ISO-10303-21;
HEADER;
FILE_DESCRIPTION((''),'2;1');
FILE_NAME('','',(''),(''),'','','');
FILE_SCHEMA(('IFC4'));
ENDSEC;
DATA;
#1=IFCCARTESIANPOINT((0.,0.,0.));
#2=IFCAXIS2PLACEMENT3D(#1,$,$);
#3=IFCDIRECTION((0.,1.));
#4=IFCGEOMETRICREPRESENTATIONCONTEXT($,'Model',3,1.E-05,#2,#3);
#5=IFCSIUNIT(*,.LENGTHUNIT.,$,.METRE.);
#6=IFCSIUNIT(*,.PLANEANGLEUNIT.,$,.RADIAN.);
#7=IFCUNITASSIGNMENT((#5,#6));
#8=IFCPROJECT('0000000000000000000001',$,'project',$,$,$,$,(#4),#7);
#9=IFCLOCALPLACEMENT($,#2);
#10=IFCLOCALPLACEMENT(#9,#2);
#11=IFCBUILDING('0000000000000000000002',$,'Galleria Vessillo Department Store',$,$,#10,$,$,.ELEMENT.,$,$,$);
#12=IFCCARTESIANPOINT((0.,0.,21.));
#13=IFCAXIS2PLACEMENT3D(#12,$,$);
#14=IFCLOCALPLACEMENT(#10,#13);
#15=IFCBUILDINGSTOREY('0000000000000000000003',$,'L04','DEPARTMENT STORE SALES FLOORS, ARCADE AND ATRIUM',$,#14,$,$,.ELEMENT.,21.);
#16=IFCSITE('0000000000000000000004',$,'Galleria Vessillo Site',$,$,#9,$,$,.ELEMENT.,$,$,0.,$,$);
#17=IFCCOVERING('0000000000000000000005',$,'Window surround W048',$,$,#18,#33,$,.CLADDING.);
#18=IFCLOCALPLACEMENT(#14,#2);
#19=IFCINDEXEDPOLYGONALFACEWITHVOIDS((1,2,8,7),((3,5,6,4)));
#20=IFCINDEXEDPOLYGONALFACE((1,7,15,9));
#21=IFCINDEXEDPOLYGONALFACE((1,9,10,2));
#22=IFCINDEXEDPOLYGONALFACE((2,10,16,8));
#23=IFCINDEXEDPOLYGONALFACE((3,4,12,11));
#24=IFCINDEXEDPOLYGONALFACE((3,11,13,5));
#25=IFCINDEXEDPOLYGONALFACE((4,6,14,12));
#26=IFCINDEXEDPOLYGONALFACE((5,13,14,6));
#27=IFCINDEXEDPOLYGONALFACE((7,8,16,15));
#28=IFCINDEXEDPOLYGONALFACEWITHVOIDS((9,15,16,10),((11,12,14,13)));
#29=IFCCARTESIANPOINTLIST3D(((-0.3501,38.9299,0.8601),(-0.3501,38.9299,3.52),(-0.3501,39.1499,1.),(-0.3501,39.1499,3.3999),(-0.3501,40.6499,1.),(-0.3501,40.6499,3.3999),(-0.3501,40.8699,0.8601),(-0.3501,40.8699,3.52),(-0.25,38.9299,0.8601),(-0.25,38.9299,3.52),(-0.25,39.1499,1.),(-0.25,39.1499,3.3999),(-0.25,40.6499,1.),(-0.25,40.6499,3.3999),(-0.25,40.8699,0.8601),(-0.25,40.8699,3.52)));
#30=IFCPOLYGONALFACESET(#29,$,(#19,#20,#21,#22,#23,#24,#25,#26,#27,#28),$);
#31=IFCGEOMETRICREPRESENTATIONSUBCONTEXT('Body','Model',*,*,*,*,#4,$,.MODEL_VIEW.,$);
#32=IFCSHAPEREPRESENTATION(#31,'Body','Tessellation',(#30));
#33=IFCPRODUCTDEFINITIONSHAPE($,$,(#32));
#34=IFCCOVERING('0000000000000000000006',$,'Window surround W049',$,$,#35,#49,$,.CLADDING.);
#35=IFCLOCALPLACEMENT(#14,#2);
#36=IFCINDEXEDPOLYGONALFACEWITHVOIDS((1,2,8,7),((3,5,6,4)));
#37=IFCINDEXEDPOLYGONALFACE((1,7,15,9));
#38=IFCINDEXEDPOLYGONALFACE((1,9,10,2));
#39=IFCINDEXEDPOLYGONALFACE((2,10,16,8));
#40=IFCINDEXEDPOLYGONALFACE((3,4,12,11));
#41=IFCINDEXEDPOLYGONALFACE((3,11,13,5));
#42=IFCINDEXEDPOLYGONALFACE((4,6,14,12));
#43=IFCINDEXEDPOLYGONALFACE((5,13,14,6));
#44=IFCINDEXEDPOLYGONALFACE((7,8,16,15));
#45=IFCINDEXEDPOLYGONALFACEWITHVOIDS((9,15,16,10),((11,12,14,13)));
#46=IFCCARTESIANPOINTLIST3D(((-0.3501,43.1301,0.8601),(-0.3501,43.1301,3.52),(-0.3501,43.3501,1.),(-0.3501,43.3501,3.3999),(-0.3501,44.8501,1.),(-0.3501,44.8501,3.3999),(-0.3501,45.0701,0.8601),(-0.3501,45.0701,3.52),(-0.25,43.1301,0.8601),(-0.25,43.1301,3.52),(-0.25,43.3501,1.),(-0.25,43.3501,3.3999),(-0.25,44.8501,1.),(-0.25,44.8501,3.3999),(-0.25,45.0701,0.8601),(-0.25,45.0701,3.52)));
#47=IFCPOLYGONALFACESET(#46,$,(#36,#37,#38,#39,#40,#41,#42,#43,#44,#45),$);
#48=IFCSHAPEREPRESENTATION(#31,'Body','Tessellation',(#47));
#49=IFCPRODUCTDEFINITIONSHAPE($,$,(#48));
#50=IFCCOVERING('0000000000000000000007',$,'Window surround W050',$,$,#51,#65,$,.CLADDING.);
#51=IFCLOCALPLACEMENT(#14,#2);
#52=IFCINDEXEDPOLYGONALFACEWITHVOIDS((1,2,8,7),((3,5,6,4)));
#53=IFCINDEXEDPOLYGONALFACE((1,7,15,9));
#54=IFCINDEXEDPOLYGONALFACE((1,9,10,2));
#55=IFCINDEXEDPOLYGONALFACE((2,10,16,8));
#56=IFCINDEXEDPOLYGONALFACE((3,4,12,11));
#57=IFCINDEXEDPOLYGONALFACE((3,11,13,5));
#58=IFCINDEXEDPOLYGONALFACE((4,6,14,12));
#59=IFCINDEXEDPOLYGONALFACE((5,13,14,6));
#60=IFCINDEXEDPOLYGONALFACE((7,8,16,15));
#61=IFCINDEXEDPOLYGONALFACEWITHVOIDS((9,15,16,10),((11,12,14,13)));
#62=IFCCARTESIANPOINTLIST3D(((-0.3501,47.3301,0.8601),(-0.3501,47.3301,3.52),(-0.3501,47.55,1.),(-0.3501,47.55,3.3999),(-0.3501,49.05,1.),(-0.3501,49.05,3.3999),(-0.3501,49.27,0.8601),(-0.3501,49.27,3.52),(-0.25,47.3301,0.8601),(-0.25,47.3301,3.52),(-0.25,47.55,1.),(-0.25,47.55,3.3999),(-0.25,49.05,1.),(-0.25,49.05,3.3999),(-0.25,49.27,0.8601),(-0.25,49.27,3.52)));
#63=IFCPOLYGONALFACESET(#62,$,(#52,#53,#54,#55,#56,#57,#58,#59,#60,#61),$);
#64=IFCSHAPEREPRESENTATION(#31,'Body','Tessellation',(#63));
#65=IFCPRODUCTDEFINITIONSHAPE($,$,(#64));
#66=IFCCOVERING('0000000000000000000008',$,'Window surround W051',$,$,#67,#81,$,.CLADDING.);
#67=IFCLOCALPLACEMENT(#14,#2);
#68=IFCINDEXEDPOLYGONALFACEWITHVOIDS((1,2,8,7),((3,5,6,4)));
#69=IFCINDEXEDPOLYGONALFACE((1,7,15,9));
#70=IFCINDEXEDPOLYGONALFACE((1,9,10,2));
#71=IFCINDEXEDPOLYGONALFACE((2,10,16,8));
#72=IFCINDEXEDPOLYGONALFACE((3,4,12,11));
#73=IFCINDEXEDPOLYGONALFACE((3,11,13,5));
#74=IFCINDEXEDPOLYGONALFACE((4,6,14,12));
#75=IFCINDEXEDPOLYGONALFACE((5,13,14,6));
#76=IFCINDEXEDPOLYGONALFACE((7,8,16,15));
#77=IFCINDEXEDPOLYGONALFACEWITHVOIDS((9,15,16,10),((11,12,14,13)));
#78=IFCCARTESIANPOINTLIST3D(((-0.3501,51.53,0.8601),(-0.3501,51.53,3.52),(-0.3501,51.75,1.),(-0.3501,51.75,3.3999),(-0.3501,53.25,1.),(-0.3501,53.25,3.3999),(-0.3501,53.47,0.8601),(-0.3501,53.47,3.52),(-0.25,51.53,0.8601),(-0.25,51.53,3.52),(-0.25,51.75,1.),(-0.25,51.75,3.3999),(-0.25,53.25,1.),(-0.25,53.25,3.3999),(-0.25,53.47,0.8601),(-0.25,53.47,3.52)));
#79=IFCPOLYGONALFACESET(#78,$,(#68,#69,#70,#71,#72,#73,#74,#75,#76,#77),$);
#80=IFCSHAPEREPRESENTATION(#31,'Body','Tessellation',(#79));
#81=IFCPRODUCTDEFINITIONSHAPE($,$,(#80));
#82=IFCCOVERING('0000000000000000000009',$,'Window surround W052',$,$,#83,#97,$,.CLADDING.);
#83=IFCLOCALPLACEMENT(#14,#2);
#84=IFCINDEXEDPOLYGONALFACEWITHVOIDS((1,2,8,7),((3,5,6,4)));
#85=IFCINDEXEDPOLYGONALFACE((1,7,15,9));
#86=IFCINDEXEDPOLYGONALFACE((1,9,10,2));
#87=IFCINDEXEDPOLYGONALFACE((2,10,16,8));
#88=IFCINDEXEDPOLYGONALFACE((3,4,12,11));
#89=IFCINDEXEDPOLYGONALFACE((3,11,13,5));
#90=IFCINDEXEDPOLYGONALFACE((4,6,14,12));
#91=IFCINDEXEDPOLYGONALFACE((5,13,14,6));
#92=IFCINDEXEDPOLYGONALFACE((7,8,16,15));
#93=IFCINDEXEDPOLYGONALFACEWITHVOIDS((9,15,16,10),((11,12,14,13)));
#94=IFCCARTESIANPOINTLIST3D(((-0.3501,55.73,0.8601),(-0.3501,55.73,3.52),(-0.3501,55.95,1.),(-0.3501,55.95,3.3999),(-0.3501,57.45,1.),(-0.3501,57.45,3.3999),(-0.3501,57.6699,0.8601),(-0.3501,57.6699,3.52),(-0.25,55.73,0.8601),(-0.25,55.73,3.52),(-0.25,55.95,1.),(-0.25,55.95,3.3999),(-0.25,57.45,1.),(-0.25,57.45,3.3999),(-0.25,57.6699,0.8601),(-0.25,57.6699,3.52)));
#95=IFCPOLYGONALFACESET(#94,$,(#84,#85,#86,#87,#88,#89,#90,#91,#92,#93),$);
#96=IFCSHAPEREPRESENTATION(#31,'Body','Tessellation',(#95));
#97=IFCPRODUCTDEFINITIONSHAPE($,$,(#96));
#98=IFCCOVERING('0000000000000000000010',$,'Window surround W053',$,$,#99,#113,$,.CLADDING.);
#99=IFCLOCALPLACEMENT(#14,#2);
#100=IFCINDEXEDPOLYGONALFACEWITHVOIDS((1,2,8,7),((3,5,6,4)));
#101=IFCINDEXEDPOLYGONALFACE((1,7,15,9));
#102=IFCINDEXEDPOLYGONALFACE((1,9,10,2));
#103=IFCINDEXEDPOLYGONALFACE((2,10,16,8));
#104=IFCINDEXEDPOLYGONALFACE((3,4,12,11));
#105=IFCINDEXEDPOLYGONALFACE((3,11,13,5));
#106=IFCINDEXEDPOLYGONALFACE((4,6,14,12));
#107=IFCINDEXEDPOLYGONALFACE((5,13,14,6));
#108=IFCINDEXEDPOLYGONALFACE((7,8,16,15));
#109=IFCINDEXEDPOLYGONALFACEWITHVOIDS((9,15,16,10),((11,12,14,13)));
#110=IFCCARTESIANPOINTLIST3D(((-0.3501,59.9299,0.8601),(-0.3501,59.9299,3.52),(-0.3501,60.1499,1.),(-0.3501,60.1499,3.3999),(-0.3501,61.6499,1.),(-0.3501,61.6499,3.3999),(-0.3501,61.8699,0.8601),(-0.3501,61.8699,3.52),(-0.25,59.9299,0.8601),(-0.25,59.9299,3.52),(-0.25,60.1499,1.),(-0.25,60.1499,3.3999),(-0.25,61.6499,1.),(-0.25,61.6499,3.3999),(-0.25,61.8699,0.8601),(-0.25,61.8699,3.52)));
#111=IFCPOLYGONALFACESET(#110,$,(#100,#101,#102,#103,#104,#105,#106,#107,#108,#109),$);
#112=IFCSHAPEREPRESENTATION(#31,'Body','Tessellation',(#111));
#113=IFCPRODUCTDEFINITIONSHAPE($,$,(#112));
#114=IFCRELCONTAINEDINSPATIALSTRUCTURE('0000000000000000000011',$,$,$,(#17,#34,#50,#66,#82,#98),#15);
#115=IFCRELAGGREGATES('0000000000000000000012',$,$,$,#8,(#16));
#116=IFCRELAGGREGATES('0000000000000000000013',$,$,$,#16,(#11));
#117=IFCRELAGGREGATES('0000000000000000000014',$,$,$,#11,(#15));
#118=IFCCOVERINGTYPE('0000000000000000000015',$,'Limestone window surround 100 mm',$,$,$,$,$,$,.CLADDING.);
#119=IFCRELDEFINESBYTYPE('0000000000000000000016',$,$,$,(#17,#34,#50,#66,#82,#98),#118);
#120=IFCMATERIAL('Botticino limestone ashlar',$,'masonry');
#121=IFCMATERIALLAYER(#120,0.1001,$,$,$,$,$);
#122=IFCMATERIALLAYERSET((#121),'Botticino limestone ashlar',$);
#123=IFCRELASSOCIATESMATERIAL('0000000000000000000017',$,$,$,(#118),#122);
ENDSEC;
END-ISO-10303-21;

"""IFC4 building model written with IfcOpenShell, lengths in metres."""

from ifc_helpers import new_model, si_unit, direction, frame, origin, place, context, subcontext, project, spatial, polyline, outline, extrude, material, layer, layer_set, type_object, element, save


model = new_model("IFC4")

# Units and contexts
model_context = context("Model", 3, precision=1e-05, world=origin(), true_north=direction((0.0, 1.0)))
body_context = subcontext(model_context, "Body", "Model", "MODEL_VIEW")
ifc_project = project(units=[si_unit("LENGTHUNIT", "METRE"), si_unit("PLANEANGLEUNIT", "RADIAN")], contexts=[model_context])

# Site, building, storey
site_placement = place(None, origin())
site = spatial("IfcSite", under=ifc_project, at=site_placement, Name="Galleria Vessillo Site", CompositionType="ELEMENT", RefElevation=0.0)
building_placement = place(site_placement, origin())
building = spatial("IfcBuilding", under=site, at=building_placement, Name="Galleria Vessillo Department Store", CompositionType="ELEMENT")
storey_placement = place(building_placement, frame((0.0, 0.0, 21.0)))
storey = spatial("IfcBuildingStorey", under=building, at=storey_placement, Name="L04", Description="DEPARTMENT STORE SALES FLOORS, ARCADE AND ATRIUM", CompositionType="ELEMENT", Elevation=21.0)

# Coverings
ifc_material_1 = material(Name="Botticino limestone ashlar", Category="masonry")
ifc_layer_1 = layer(ifc_material_1, 0.1001)
ifc_layer_set_1 = layer_set([ifc_layer_1], Name="Botticino limestone ashlar")
covering_type_1 = type_object("IfcCoveringType", Name="Limestone window surround 100 mm", PredefinedType="CLADDING", material=ifc_layer_set_1)
covering_1_placement = place(storey_placement, frame((-0.25, 0.0, 1.0), z_axis=(-1.0, 0.0, 0.0), x_axis=(0.0, -1.0, 0.0)))
element("IfcCovering", 1, at=covering_1_placement, inside=storey, type_object=covering_type_1, Name="Window surround W048", PredefinedType="CLADDING", context=body_context, shape_type="SweptSolid", body=[
    extrude(outline(polyline([(-38.9299, 2.52), (-40.8699, 2.52), (-40.8699, -0.1399), (-38.9299, -0.1399), (-38.9299, 2.52)]), holes=[polyline([(-39.1499, 2.3999), (-40.6499, 2.3999), (-40.6499, 0.0), (-39.1499, 0.0), (-39.1499, 2.3999)])]), origin(), (0.0, 0.0, 1.0), 0.1001),
])
covering_2_placement = place(storey_placement, frame((-0.25, 0.0, 1.0), z_axis=(-1.0, 0.0, 0.0), x_axis=(0.0, -1.0, 0.0)))
element("IfcCovering", 2, at=covering_2_placement, inside=storey, type_object=covering_type_1, Name="Window surround W049", PredefinedType="CLADDING", context=body_context, shape_type="SweptSolid", body=[
    extrude(outline(polyline([(-43.1301, 2.52), (-45.0701, 2.52), (-45.0701, -0.1399), (-43.1301, -0.1399), (-43.1301, 2.52)]), holes=[polyline([(-43.3501, 2.3999), (-44.8501, 2.3999), (-44.8501, 0.0), (-43.3501, 0.0), (-43.3501, 2.3999)])]), origin(), (0.0, 0.0, 1.0), 0.1001),
])
covering_3_placement = place(storey_placement, frame((-0.25, 0.0, 1.0), z_axis=(-1.0, 0.0, 0.0), x_axis=(0.0, -1.0, 0.0)))
element("IfcCovering", 3, at=covering_3_placement, inside=storey, type_object=covering_type_1, Name="Window surround W050", PredefinedType="CLADDING", context=body_context, shape_type="SweptSolid", body=[
    extrude(outline(polyline([(-47.3301, 2.52), (-49.27, 2.52), (-49.27, -0.1399), (-47.3301, -0.1399), (-47.3301, 2.52)]), holes=[polyline([(-47.55, 2.3999), (-49.05, 2.3999), (-49.05, 0.0), (-47.55, 0.0), (-47.55, 2.3999)])]), origin(), (0.0, 0.0, 1.0), 0.1001),
])
covering_4_placement = place(storey_placement, frame((-0.25, 0.0, 1.0), z_axis=(-1.0, 0.0, 0.0), x_axis=(0.0, -1.0, 0.0)))
element("IfcCovering", 4, at=covering_4_placement, inside=storey, type_object=covering_type_1, Name="Window surround W051", PredefinedType="CLADDING", context=body_context, shape_type="SweptSolid", body=[
    extrude(outline(polyline([(-51.53, 2.52), (-53.47, 2.52), (-53.47, -0.1399), (-51.53, -0.1399), (-51.53, 2.52)]), holes=[polyline([(-51.75, 2.3999), (-53.25, 2.3999), (-53.25, 0.0), (-51.75, 0.0), (-51.75, 2.3999)])]), origin(), (0.0, 0.0, 1.0), 0.1001),
])
covering_5_placement = place(storey_placement, frame((-0.25, 0.0, 1.0), z_axis=(-1.0, 0.0, 0.0), x_axis=(0.0, -1.0, 0.0)))
element("IfcCovering", 5, at=covering_5_placement, inside=storey, type_object=covering_type_1, Name="Window surround W052", PredefinedType="CLADDING", context=body_context, shape_type="SweptSolid", body=[
    extrude(outline(polyline([(-55.73, 2.52), (-57.6699, 2.52), (-57.6699, -0.1399), (-55.73, -0.1399), (-55.73, 2.52)]), holes=[polyline([(-55.95, 2.3999), (-57.45, 2.3999), (-57.45, 0.0), (-55.95, 0.0), (-55.95, 2.3999)])]), origin(), (0.0, 0.0, 1.0), 0.1001),
])
covering_6_placement = place(storey_placement, frame((-0.25, 0.0, 1.0), z_axis=(-1.0, 0.0, 0.0), x_axis=(0.0, -1.0, 0.0)))
element("IfcCovering", 6, at=covering_6_placement, inside=storey, type_object=covering_type_1, Name="Window surround W053", PredefinedType="CLADDING", context=body_context, shape_type="SweptSolid", body=[
    extrude(outline(polyline([(-59.9299, 2.52), (-61.8699, 2.52), (-61.8699, -0.1399), (-59.9299, -0.1399), (-59.9299, 2.52)]), holes=[polyline([(-60.1499, 2.3999), (-61.6499, 2.3999), (-61.6499, 0.0), (-60.1499, 0.0), (-60.1499, 2.3999)])]), origin(), (0.0, 0.0, 1.0), 0.1001),
])

save(model, "model.ifc")
